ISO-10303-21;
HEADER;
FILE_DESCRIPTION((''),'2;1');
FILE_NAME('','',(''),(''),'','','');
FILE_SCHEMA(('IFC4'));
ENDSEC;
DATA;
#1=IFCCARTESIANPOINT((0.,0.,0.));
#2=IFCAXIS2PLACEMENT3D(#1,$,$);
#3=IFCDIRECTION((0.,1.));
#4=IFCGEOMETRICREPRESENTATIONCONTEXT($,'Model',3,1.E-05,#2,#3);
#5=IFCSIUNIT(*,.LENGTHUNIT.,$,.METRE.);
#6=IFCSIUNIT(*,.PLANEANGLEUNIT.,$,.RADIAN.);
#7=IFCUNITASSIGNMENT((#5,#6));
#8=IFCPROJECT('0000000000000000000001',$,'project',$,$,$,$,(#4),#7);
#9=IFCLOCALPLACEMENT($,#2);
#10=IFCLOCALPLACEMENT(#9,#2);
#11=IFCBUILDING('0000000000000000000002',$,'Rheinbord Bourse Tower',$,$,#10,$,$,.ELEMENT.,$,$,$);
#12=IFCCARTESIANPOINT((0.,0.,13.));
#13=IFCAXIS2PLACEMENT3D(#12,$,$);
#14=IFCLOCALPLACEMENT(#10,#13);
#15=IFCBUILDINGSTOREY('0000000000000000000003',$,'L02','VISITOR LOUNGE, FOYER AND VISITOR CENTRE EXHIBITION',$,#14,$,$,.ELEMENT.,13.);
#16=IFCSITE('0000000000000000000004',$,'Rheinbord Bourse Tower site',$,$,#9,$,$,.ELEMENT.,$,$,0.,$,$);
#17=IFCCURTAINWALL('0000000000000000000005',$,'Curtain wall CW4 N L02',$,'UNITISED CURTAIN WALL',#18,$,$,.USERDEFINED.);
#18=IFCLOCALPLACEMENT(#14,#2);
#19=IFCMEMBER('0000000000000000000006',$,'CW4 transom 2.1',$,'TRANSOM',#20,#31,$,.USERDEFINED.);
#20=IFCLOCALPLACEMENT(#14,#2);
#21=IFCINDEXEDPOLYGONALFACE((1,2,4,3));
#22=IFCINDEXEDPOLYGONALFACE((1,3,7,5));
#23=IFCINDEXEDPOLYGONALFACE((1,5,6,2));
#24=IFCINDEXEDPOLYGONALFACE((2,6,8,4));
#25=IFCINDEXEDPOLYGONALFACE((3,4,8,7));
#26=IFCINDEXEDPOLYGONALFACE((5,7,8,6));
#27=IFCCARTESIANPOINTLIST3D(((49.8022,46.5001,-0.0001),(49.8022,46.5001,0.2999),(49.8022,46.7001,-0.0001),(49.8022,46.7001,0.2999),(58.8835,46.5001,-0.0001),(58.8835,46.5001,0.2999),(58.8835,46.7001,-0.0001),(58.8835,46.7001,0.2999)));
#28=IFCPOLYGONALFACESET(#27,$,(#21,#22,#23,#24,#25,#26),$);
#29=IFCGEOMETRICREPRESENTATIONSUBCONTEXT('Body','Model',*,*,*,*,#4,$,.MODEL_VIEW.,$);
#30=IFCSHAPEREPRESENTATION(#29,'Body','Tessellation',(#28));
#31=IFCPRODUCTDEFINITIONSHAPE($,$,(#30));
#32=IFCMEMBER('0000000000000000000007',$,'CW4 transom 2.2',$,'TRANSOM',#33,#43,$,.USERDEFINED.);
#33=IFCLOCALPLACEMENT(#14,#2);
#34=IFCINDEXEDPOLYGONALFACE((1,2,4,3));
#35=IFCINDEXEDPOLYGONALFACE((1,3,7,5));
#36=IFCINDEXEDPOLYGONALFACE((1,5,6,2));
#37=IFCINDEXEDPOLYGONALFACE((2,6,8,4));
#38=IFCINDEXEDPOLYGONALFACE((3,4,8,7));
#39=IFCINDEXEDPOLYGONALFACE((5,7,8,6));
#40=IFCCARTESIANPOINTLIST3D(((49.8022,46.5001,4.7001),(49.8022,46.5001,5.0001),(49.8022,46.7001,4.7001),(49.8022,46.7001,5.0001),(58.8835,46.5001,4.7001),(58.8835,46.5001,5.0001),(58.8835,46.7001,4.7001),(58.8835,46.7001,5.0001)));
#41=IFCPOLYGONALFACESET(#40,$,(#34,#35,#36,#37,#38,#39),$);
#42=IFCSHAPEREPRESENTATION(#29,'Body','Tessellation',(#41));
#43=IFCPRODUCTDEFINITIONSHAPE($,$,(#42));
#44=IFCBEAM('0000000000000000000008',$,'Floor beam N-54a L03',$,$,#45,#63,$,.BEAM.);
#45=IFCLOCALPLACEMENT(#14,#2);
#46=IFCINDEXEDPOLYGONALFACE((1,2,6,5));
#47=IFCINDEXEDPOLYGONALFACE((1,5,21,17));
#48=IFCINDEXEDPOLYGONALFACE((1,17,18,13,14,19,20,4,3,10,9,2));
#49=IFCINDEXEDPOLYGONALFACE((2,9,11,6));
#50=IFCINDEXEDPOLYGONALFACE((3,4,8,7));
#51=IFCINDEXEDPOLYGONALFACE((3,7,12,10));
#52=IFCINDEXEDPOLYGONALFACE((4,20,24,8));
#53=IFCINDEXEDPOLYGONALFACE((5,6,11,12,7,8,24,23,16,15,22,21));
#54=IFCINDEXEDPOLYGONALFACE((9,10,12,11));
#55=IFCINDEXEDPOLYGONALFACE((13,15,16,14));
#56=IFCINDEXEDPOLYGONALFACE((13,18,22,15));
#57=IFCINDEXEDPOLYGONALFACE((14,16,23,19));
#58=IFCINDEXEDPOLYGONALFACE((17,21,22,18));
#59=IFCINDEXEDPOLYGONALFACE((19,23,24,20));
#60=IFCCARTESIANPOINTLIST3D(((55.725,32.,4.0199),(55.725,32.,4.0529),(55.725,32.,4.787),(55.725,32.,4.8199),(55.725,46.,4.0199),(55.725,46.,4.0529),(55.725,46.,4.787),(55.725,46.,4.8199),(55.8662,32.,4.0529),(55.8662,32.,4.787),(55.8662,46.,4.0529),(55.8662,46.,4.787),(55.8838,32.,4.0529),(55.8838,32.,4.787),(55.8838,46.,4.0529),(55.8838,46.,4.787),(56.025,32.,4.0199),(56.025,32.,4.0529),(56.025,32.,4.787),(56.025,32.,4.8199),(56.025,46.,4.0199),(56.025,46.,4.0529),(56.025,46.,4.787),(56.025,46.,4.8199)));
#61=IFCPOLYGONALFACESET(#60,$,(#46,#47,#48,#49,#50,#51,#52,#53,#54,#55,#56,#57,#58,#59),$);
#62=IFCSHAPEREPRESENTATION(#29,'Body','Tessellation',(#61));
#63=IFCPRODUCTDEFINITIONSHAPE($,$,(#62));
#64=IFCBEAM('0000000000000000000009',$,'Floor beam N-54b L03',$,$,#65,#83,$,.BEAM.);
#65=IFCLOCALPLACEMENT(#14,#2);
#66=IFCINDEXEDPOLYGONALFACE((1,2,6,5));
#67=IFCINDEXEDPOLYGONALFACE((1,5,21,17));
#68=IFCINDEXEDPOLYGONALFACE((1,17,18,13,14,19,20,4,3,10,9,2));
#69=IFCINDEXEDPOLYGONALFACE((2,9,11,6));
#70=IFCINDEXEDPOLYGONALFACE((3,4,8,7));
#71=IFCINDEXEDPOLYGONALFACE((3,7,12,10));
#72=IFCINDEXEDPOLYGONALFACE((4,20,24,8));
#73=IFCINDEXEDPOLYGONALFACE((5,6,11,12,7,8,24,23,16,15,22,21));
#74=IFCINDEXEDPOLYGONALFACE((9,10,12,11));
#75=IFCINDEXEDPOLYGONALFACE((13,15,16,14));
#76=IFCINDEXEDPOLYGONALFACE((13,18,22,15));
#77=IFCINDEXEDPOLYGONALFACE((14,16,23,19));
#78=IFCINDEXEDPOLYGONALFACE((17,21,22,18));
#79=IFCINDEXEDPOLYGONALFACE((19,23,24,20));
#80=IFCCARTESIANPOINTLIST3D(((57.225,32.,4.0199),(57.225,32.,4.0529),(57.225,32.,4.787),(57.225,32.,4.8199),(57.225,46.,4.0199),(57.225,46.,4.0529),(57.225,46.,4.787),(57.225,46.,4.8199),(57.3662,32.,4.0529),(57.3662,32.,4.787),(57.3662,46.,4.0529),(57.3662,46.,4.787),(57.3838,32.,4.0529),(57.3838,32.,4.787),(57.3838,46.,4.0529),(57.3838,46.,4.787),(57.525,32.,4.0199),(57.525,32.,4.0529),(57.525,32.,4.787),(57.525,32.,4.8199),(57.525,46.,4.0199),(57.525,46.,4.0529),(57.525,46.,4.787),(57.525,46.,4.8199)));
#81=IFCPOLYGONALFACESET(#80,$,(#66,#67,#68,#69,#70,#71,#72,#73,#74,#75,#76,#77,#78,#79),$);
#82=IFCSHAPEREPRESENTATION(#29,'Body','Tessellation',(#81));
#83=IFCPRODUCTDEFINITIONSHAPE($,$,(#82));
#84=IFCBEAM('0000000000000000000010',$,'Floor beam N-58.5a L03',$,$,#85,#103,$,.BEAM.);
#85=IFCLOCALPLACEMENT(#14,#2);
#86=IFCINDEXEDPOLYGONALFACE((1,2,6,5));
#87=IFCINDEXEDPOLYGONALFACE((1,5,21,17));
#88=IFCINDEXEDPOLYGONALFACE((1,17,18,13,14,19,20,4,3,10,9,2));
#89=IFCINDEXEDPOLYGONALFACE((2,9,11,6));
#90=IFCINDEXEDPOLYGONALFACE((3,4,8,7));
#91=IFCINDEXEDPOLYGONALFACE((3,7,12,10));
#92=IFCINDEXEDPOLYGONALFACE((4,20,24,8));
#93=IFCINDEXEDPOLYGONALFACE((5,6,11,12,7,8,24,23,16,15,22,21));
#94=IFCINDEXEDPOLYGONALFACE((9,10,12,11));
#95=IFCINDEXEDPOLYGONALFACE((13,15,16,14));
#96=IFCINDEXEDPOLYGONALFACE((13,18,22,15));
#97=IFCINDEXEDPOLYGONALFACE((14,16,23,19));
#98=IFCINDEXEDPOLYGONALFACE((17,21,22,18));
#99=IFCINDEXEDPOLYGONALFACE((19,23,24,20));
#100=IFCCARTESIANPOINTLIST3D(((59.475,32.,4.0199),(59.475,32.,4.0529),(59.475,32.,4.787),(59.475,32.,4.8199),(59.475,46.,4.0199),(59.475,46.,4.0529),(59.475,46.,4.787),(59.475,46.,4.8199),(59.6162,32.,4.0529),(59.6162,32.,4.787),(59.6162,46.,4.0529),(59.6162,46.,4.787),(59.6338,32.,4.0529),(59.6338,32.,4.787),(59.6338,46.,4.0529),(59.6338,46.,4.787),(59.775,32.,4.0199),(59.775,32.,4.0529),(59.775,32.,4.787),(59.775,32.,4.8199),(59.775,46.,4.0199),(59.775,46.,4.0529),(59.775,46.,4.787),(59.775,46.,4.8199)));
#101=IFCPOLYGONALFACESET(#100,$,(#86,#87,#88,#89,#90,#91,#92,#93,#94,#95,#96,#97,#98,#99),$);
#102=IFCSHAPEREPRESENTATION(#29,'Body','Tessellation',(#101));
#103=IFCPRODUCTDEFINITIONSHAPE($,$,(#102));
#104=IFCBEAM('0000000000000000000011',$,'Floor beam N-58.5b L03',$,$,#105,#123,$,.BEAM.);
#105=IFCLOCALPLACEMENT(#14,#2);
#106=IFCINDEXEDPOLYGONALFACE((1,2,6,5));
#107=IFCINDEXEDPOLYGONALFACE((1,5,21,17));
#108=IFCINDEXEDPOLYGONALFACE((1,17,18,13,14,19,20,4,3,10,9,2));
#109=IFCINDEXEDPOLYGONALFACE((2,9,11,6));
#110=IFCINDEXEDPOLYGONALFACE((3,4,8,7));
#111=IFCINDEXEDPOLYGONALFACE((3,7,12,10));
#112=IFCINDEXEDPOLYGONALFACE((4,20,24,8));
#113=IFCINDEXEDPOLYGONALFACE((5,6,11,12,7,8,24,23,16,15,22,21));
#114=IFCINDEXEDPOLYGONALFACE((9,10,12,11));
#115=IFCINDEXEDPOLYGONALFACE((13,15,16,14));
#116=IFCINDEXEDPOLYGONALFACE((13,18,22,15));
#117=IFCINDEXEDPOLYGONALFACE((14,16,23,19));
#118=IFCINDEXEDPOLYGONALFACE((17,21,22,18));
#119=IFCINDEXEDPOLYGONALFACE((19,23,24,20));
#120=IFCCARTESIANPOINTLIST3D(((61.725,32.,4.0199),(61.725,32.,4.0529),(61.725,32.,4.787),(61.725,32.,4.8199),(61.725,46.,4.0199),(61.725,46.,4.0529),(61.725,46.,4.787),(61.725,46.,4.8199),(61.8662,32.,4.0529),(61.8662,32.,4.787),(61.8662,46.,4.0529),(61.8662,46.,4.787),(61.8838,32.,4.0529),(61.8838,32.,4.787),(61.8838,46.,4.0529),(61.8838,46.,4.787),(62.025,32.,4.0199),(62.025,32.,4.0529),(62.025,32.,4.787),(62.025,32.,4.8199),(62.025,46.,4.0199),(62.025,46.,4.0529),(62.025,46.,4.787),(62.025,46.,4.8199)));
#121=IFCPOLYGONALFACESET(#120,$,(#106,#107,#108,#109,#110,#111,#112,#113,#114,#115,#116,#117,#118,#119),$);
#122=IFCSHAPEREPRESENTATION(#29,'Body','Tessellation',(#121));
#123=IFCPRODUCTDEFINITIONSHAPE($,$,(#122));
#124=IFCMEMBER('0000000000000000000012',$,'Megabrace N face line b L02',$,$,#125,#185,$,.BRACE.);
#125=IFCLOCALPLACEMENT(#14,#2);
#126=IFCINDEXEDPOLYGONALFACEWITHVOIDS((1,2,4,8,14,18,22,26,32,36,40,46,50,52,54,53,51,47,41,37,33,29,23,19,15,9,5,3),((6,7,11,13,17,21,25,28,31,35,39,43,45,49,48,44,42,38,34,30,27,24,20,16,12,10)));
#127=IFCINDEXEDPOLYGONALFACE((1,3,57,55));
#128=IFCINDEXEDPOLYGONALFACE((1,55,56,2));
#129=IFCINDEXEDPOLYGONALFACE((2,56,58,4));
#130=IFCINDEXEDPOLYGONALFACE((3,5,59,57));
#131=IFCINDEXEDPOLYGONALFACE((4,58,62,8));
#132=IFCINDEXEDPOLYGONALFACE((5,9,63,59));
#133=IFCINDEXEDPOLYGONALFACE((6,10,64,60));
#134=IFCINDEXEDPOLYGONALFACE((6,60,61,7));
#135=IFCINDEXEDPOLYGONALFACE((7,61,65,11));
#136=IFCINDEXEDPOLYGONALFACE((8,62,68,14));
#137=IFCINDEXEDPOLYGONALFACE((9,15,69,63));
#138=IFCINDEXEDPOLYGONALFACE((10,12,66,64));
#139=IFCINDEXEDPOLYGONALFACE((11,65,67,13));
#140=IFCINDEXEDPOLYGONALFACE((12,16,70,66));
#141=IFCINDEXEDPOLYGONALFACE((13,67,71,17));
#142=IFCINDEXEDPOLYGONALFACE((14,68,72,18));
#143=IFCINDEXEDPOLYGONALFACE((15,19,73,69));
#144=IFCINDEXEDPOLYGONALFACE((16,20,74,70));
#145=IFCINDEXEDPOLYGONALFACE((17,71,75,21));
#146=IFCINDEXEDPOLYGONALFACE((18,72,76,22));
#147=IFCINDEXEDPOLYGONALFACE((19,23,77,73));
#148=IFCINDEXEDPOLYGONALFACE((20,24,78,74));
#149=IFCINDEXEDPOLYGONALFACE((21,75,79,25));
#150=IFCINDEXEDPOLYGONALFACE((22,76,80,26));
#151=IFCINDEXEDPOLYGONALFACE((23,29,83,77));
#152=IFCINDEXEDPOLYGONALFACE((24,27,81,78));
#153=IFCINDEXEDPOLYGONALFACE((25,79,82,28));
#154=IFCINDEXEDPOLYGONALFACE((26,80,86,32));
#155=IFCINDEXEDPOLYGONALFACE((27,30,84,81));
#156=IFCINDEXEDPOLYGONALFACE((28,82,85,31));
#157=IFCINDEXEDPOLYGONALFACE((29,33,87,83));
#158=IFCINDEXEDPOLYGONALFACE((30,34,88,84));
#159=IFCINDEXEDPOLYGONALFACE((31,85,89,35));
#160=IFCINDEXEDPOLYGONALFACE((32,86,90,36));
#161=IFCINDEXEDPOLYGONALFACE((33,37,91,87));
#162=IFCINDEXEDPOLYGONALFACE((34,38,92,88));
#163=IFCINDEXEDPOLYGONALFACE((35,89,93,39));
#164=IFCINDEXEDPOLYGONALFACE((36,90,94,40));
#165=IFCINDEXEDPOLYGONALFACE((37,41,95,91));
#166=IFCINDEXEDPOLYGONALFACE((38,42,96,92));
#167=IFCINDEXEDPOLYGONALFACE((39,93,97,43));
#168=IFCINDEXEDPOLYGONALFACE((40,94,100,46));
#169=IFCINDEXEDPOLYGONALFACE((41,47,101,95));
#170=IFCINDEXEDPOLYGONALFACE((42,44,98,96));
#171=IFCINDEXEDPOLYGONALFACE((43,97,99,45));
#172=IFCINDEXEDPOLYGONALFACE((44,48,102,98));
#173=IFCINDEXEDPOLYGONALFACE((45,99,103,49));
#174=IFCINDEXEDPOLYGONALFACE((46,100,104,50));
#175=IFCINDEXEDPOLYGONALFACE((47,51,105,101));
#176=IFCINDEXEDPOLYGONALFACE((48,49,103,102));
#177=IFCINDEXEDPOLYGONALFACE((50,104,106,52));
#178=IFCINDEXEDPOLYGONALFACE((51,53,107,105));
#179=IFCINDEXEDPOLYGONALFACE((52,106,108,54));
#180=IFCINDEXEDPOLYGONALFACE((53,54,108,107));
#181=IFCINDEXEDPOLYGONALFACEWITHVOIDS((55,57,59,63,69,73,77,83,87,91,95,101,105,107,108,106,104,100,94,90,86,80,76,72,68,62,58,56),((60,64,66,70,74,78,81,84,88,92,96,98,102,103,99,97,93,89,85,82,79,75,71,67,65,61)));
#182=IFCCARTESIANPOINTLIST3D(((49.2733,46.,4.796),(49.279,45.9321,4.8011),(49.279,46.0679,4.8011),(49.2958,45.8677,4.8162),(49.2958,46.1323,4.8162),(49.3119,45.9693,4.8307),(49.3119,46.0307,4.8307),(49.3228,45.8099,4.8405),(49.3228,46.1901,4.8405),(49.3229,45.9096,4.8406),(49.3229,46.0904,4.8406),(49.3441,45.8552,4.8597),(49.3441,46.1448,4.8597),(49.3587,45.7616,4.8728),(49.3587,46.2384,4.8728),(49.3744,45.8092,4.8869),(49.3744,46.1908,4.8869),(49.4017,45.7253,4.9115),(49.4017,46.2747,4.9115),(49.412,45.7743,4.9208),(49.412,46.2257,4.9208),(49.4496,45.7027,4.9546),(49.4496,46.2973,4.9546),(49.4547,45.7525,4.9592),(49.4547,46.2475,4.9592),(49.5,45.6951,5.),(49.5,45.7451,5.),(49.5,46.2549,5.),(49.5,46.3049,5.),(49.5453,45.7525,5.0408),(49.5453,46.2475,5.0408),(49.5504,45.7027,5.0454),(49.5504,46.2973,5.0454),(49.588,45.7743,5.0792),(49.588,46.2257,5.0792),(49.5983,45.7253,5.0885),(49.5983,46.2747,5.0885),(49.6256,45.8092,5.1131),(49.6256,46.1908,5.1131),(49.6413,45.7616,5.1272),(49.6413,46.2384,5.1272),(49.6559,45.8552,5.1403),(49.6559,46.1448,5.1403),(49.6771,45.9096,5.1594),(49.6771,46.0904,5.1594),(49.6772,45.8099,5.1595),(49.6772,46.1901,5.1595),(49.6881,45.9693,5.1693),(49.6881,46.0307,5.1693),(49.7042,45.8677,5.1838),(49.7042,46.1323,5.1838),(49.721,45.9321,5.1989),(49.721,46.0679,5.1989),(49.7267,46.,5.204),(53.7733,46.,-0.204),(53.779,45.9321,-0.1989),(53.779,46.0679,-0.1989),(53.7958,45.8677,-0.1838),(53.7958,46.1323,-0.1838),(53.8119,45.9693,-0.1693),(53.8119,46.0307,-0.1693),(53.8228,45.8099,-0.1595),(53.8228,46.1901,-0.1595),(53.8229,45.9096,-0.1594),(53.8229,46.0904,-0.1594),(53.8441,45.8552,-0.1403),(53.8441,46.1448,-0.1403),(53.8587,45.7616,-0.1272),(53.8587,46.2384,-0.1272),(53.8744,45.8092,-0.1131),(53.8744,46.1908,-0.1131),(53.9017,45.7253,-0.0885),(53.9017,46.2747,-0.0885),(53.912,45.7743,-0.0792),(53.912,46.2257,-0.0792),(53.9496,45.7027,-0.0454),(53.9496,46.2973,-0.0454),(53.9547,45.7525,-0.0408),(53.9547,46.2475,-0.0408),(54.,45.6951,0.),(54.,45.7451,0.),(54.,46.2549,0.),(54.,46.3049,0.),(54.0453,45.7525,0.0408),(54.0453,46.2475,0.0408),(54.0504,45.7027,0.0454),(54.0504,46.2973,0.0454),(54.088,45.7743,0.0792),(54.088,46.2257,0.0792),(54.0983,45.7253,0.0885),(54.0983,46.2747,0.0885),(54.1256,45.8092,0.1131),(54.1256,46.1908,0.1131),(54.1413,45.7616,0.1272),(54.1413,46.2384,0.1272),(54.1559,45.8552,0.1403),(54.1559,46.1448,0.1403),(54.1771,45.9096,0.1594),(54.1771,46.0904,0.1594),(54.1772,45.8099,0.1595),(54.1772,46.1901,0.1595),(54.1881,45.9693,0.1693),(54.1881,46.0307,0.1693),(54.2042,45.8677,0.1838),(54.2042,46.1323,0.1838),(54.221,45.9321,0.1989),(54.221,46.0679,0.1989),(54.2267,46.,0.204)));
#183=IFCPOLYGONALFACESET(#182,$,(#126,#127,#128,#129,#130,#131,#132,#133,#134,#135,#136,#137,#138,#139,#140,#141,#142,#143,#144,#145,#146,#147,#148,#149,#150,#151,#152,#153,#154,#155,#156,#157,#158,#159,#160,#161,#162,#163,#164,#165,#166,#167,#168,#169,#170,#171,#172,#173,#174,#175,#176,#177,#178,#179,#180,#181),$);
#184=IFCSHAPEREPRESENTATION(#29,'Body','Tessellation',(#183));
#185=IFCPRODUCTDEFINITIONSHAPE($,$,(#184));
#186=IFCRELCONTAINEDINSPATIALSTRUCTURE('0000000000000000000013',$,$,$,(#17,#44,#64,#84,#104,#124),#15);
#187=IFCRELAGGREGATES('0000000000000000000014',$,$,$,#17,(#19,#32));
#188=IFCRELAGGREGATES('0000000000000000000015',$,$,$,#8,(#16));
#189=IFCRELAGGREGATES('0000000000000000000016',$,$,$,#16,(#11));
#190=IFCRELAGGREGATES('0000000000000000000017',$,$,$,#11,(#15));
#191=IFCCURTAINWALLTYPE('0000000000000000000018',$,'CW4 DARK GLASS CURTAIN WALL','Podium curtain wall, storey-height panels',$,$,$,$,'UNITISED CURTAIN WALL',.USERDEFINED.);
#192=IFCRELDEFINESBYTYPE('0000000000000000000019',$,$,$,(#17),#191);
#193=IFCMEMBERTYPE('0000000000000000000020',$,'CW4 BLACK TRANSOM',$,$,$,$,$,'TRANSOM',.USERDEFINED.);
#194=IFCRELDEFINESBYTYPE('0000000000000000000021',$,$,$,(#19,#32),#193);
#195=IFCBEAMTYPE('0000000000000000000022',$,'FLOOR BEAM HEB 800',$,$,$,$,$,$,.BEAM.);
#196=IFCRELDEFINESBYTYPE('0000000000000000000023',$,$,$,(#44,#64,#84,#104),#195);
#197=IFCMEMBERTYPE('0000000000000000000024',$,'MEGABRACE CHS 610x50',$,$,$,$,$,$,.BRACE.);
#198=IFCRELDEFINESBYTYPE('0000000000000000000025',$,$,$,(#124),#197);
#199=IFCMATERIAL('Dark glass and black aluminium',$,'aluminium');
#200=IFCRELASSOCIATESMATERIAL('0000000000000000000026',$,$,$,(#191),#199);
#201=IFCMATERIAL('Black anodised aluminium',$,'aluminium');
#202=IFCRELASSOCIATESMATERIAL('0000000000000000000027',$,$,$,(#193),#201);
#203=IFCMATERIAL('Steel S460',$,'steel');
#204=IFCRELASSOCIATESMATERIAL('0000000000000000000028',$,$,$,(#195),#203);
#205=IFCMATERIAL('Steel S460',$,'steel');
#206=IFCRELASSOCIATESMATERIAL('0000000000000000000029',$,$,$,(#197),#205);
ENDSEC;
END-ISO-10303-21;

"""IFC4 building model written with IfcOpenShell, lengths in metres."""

from ifc_helpers import new_model, si_unit, direction, frame, origin, origin_2d, place, context, subcontext, project, spatial, rectangle, hollow_circle, i_section, extrude, material, material_profile, profile_set, type_object, element, aggregate, save


model = new_model("IFC4")

# Units and contexts
model_context = context("Model", 3, precision=1e-05, world=origin(), true_north=direction((0.0, 1.0)))
body_context = subcontext(model_context, "Body", "Model", "MODEL_VIEW")
ifc_project = project(units=[si_unit("LENGTHUNIT", "METRE"), si_unit("PLANEANGLEUNIT", "RADIAN")], contexts=[model_context])

# Site, building, storey
site_placement = place(None, origin())
site = spatial("IfcSite", under=ifc_project, at=site_placement, Name="Rheinbord Bourse Tower site", CompositionType="ELEMENT", RefElevation=0.0)
building_placement = place(site_placement, origin())
building = spatial("IfcBuilding", under=site, at=building_placement, Name="Rheinbord Bourse Tower", CompositionType="ELEMENT")
storey_placement = place(building_placement, frame((0.0, 0.0, 13.0)))
storey = spatial("IfcBuildingStorey", under=building, at=storey_placement, Name="L02", Description="VISITOR LOUNGE, FOYER AND VISITOR CENTRE EXHIBITION", CompositionType="ELEMENT", Elevation=13.0)

# Curtain wall
ifc_material_1 = material(Name="Dark glass and black aluminium", Category="aluminium")
curtain_wall_type = type_object("IfcCurtainWallType", Name="CW4 DARK GLASS CURTAIN WALL", Description="Podium curtain wall, storey-height panels", ElementType="UNITISED CURTAIN WALL", PredefinedType="USERDEFINED", material=ifc_material_1)
curtain_wall_1_placement = place(storey_placement, origin())
curtain_wall_1 = element("IfcCurtainWall", 1, at=curtain_wall_1_placement, inside=storey, type_object=curtain_wall_type, Name="Curtain wall CW4 N L02", ObjectType="UNITISED CURTAIN WALL", PredefinedType="USERDEFINED")

# Members
ifc_material_2 = material(Name="Black anodised aluminium", Category="aluminium")
ifc_material_profile_1 = material_profile(ifc_material_2, rectangle(XDim=0.2, YDim=0.3, at=origin_2d()), Name="CW4 TRANSOM 300x200")
ifc_profile_set_1 = profile_set([ifc_material_profile_1], Name="Black anodised aluminium")
member_type_1 = type_object("IfcMemberType", Name="CW4 BLACK TRANSOM", ElementType="TRANSOM", PredefinedType="USERDEFINED", material=ifc_profile_set_1)
member_1_placement = place(storey_placement, frame((58.8835, 46.6001, 0.1499), z_axis=(-1.0, 0.0, 0.0), x_axis=(0.0, -1.0, 0.0)))
member_1 = element("IfcMember", 2, at=member_1_placement, type_object=member_type_1, Name="CW4 transom 2.1", ObjectType="TRANSOM", PredefinedType="USERDEFINED", context=body_context, shape_type="SweptSolid", body=[
    extrude(rectangle(XDim=0.2, YDim=0.3, at=origin_2d()), origin(), (0.0, 0.0, 1.0), 9.0813),
])
member_2_placement = place(storey_placement, frame((58.8835, 46.6001, 4.8501), z_axis=(-1.0, 0.0, 0.0), x_axis=(0.0, -1.0, 0.0)))
member_2 = element("IfcMember", 3, at=member_2_placement, type_object=member_type_1, Name="CW4 transom 2.2", ObjectType="TRANSOM", PredefinedType="USERDEFINED", context=body_context, shape_type="SweptSolid", body=[
    extrude(rectangle(XDim=0.2, YDim=0.3, at=origin_2d()), origin(), (0.0, 0.0, 1.0), 9.0813),
])

# Beams
ifc_material_3 = material(Name="Steel S460", Category="steel")
ifc_material_profile_2 = material_profile(ifc_material_3, i_section(OverallWidth=0.3, OverallDepth=0.8, WebThickness=0.0176, FlangeThickness=0.033, at=origin_2d()), Name="HEB 800")
ifc_profile_set_2 = profile_set([ifc_material_profile_2], Name="Steel S460")
beam_type_1 = type_object("IfcBeamType", Name="FLOOR BEAM HEB 800", PredefinedType="BEAM", material=ifc_profile_set_2)
for number, where, z_axis, x_axis, name in (
    (4, (55.875, 46.0, 4.4199), (0.0, -1.0, 0.0), (1.0, 0.0, 0.0), "Floor beam N-54a L03"),
    (5, (57.375, 46.0, 4.4199), (0.0, -1.0, 0.0), (1.0, 0.0, 0.0), "Floor beam N-54b L03"),
    (6, (59.625, 46.0, 4.4199), (0.0, -1.0, 0.0), (1.0, 0.0, 0.0), "Floor beam N-58.5a L03"),
    (7, (61.875, 46.0, 4.4199), (0.0, -1.0, 0.0), (1.0, 0.0, 0.0), "Floor beam N-58.5b L03"),
):
    element("IfcBeam", number, at=place(storey_placement, frame(where, z_axis=z_axis, x_axis=x_axis)), inside=storey, type_object=beam_type_1, Name=name, PredefinedType="BEAM", context=body_context, shape_type="SweptSolid", body=[
        extrude(i_section(OverallWidth=0.3, OverallDepth=0.8, WebThickness=0.0176, FlangeThickness=0.033, at=origin_2d()), origin(), (0.0, 0.0, 1.0), 14.0),
    ])

# Member
ifc_material_4 = material(Name="Steel S460", Category="steel")
ifc_material_profile_3 = material_profile(ifc_material_4, hollow_circle(Radius=0.3049, WallThickness=0.05, at=origin_2d()), Name="CHS 610x50")
ifc_profile_set_3 = profile_set([ifc_material_profile_3], Name="Steel S460")
member_type_2 = type_object("IfcMemberType", Name="MEGABRACE CHS 610x50", PredefinedType="BRACE", material=ifc_profile_set_3)
member_3_placement = place(storey_placement, frame((54.0, 46.0, 0.0), z_axis=(-0.668965, 0.0, 0.743294), x_axis=(0.0, -1.0, 0.0)))
element("IfcMember", 8, at=member_3_placement, inside=storey, type_object=member_type_2, Name="Megabrace N face line b L02", PredefinedType="BRACE", context=body_context, shape_type="SweptSolid", body=[
    extrude(hollow_circle(Radius=0.3049, WallThickness=0.05, at=origin_2d()), origin(), (0.0, 0.0, 1.0), 6.7268),
])

aggregate(curtain_wall_1, [member_1, member_2])

save(model, "model.ifc")
